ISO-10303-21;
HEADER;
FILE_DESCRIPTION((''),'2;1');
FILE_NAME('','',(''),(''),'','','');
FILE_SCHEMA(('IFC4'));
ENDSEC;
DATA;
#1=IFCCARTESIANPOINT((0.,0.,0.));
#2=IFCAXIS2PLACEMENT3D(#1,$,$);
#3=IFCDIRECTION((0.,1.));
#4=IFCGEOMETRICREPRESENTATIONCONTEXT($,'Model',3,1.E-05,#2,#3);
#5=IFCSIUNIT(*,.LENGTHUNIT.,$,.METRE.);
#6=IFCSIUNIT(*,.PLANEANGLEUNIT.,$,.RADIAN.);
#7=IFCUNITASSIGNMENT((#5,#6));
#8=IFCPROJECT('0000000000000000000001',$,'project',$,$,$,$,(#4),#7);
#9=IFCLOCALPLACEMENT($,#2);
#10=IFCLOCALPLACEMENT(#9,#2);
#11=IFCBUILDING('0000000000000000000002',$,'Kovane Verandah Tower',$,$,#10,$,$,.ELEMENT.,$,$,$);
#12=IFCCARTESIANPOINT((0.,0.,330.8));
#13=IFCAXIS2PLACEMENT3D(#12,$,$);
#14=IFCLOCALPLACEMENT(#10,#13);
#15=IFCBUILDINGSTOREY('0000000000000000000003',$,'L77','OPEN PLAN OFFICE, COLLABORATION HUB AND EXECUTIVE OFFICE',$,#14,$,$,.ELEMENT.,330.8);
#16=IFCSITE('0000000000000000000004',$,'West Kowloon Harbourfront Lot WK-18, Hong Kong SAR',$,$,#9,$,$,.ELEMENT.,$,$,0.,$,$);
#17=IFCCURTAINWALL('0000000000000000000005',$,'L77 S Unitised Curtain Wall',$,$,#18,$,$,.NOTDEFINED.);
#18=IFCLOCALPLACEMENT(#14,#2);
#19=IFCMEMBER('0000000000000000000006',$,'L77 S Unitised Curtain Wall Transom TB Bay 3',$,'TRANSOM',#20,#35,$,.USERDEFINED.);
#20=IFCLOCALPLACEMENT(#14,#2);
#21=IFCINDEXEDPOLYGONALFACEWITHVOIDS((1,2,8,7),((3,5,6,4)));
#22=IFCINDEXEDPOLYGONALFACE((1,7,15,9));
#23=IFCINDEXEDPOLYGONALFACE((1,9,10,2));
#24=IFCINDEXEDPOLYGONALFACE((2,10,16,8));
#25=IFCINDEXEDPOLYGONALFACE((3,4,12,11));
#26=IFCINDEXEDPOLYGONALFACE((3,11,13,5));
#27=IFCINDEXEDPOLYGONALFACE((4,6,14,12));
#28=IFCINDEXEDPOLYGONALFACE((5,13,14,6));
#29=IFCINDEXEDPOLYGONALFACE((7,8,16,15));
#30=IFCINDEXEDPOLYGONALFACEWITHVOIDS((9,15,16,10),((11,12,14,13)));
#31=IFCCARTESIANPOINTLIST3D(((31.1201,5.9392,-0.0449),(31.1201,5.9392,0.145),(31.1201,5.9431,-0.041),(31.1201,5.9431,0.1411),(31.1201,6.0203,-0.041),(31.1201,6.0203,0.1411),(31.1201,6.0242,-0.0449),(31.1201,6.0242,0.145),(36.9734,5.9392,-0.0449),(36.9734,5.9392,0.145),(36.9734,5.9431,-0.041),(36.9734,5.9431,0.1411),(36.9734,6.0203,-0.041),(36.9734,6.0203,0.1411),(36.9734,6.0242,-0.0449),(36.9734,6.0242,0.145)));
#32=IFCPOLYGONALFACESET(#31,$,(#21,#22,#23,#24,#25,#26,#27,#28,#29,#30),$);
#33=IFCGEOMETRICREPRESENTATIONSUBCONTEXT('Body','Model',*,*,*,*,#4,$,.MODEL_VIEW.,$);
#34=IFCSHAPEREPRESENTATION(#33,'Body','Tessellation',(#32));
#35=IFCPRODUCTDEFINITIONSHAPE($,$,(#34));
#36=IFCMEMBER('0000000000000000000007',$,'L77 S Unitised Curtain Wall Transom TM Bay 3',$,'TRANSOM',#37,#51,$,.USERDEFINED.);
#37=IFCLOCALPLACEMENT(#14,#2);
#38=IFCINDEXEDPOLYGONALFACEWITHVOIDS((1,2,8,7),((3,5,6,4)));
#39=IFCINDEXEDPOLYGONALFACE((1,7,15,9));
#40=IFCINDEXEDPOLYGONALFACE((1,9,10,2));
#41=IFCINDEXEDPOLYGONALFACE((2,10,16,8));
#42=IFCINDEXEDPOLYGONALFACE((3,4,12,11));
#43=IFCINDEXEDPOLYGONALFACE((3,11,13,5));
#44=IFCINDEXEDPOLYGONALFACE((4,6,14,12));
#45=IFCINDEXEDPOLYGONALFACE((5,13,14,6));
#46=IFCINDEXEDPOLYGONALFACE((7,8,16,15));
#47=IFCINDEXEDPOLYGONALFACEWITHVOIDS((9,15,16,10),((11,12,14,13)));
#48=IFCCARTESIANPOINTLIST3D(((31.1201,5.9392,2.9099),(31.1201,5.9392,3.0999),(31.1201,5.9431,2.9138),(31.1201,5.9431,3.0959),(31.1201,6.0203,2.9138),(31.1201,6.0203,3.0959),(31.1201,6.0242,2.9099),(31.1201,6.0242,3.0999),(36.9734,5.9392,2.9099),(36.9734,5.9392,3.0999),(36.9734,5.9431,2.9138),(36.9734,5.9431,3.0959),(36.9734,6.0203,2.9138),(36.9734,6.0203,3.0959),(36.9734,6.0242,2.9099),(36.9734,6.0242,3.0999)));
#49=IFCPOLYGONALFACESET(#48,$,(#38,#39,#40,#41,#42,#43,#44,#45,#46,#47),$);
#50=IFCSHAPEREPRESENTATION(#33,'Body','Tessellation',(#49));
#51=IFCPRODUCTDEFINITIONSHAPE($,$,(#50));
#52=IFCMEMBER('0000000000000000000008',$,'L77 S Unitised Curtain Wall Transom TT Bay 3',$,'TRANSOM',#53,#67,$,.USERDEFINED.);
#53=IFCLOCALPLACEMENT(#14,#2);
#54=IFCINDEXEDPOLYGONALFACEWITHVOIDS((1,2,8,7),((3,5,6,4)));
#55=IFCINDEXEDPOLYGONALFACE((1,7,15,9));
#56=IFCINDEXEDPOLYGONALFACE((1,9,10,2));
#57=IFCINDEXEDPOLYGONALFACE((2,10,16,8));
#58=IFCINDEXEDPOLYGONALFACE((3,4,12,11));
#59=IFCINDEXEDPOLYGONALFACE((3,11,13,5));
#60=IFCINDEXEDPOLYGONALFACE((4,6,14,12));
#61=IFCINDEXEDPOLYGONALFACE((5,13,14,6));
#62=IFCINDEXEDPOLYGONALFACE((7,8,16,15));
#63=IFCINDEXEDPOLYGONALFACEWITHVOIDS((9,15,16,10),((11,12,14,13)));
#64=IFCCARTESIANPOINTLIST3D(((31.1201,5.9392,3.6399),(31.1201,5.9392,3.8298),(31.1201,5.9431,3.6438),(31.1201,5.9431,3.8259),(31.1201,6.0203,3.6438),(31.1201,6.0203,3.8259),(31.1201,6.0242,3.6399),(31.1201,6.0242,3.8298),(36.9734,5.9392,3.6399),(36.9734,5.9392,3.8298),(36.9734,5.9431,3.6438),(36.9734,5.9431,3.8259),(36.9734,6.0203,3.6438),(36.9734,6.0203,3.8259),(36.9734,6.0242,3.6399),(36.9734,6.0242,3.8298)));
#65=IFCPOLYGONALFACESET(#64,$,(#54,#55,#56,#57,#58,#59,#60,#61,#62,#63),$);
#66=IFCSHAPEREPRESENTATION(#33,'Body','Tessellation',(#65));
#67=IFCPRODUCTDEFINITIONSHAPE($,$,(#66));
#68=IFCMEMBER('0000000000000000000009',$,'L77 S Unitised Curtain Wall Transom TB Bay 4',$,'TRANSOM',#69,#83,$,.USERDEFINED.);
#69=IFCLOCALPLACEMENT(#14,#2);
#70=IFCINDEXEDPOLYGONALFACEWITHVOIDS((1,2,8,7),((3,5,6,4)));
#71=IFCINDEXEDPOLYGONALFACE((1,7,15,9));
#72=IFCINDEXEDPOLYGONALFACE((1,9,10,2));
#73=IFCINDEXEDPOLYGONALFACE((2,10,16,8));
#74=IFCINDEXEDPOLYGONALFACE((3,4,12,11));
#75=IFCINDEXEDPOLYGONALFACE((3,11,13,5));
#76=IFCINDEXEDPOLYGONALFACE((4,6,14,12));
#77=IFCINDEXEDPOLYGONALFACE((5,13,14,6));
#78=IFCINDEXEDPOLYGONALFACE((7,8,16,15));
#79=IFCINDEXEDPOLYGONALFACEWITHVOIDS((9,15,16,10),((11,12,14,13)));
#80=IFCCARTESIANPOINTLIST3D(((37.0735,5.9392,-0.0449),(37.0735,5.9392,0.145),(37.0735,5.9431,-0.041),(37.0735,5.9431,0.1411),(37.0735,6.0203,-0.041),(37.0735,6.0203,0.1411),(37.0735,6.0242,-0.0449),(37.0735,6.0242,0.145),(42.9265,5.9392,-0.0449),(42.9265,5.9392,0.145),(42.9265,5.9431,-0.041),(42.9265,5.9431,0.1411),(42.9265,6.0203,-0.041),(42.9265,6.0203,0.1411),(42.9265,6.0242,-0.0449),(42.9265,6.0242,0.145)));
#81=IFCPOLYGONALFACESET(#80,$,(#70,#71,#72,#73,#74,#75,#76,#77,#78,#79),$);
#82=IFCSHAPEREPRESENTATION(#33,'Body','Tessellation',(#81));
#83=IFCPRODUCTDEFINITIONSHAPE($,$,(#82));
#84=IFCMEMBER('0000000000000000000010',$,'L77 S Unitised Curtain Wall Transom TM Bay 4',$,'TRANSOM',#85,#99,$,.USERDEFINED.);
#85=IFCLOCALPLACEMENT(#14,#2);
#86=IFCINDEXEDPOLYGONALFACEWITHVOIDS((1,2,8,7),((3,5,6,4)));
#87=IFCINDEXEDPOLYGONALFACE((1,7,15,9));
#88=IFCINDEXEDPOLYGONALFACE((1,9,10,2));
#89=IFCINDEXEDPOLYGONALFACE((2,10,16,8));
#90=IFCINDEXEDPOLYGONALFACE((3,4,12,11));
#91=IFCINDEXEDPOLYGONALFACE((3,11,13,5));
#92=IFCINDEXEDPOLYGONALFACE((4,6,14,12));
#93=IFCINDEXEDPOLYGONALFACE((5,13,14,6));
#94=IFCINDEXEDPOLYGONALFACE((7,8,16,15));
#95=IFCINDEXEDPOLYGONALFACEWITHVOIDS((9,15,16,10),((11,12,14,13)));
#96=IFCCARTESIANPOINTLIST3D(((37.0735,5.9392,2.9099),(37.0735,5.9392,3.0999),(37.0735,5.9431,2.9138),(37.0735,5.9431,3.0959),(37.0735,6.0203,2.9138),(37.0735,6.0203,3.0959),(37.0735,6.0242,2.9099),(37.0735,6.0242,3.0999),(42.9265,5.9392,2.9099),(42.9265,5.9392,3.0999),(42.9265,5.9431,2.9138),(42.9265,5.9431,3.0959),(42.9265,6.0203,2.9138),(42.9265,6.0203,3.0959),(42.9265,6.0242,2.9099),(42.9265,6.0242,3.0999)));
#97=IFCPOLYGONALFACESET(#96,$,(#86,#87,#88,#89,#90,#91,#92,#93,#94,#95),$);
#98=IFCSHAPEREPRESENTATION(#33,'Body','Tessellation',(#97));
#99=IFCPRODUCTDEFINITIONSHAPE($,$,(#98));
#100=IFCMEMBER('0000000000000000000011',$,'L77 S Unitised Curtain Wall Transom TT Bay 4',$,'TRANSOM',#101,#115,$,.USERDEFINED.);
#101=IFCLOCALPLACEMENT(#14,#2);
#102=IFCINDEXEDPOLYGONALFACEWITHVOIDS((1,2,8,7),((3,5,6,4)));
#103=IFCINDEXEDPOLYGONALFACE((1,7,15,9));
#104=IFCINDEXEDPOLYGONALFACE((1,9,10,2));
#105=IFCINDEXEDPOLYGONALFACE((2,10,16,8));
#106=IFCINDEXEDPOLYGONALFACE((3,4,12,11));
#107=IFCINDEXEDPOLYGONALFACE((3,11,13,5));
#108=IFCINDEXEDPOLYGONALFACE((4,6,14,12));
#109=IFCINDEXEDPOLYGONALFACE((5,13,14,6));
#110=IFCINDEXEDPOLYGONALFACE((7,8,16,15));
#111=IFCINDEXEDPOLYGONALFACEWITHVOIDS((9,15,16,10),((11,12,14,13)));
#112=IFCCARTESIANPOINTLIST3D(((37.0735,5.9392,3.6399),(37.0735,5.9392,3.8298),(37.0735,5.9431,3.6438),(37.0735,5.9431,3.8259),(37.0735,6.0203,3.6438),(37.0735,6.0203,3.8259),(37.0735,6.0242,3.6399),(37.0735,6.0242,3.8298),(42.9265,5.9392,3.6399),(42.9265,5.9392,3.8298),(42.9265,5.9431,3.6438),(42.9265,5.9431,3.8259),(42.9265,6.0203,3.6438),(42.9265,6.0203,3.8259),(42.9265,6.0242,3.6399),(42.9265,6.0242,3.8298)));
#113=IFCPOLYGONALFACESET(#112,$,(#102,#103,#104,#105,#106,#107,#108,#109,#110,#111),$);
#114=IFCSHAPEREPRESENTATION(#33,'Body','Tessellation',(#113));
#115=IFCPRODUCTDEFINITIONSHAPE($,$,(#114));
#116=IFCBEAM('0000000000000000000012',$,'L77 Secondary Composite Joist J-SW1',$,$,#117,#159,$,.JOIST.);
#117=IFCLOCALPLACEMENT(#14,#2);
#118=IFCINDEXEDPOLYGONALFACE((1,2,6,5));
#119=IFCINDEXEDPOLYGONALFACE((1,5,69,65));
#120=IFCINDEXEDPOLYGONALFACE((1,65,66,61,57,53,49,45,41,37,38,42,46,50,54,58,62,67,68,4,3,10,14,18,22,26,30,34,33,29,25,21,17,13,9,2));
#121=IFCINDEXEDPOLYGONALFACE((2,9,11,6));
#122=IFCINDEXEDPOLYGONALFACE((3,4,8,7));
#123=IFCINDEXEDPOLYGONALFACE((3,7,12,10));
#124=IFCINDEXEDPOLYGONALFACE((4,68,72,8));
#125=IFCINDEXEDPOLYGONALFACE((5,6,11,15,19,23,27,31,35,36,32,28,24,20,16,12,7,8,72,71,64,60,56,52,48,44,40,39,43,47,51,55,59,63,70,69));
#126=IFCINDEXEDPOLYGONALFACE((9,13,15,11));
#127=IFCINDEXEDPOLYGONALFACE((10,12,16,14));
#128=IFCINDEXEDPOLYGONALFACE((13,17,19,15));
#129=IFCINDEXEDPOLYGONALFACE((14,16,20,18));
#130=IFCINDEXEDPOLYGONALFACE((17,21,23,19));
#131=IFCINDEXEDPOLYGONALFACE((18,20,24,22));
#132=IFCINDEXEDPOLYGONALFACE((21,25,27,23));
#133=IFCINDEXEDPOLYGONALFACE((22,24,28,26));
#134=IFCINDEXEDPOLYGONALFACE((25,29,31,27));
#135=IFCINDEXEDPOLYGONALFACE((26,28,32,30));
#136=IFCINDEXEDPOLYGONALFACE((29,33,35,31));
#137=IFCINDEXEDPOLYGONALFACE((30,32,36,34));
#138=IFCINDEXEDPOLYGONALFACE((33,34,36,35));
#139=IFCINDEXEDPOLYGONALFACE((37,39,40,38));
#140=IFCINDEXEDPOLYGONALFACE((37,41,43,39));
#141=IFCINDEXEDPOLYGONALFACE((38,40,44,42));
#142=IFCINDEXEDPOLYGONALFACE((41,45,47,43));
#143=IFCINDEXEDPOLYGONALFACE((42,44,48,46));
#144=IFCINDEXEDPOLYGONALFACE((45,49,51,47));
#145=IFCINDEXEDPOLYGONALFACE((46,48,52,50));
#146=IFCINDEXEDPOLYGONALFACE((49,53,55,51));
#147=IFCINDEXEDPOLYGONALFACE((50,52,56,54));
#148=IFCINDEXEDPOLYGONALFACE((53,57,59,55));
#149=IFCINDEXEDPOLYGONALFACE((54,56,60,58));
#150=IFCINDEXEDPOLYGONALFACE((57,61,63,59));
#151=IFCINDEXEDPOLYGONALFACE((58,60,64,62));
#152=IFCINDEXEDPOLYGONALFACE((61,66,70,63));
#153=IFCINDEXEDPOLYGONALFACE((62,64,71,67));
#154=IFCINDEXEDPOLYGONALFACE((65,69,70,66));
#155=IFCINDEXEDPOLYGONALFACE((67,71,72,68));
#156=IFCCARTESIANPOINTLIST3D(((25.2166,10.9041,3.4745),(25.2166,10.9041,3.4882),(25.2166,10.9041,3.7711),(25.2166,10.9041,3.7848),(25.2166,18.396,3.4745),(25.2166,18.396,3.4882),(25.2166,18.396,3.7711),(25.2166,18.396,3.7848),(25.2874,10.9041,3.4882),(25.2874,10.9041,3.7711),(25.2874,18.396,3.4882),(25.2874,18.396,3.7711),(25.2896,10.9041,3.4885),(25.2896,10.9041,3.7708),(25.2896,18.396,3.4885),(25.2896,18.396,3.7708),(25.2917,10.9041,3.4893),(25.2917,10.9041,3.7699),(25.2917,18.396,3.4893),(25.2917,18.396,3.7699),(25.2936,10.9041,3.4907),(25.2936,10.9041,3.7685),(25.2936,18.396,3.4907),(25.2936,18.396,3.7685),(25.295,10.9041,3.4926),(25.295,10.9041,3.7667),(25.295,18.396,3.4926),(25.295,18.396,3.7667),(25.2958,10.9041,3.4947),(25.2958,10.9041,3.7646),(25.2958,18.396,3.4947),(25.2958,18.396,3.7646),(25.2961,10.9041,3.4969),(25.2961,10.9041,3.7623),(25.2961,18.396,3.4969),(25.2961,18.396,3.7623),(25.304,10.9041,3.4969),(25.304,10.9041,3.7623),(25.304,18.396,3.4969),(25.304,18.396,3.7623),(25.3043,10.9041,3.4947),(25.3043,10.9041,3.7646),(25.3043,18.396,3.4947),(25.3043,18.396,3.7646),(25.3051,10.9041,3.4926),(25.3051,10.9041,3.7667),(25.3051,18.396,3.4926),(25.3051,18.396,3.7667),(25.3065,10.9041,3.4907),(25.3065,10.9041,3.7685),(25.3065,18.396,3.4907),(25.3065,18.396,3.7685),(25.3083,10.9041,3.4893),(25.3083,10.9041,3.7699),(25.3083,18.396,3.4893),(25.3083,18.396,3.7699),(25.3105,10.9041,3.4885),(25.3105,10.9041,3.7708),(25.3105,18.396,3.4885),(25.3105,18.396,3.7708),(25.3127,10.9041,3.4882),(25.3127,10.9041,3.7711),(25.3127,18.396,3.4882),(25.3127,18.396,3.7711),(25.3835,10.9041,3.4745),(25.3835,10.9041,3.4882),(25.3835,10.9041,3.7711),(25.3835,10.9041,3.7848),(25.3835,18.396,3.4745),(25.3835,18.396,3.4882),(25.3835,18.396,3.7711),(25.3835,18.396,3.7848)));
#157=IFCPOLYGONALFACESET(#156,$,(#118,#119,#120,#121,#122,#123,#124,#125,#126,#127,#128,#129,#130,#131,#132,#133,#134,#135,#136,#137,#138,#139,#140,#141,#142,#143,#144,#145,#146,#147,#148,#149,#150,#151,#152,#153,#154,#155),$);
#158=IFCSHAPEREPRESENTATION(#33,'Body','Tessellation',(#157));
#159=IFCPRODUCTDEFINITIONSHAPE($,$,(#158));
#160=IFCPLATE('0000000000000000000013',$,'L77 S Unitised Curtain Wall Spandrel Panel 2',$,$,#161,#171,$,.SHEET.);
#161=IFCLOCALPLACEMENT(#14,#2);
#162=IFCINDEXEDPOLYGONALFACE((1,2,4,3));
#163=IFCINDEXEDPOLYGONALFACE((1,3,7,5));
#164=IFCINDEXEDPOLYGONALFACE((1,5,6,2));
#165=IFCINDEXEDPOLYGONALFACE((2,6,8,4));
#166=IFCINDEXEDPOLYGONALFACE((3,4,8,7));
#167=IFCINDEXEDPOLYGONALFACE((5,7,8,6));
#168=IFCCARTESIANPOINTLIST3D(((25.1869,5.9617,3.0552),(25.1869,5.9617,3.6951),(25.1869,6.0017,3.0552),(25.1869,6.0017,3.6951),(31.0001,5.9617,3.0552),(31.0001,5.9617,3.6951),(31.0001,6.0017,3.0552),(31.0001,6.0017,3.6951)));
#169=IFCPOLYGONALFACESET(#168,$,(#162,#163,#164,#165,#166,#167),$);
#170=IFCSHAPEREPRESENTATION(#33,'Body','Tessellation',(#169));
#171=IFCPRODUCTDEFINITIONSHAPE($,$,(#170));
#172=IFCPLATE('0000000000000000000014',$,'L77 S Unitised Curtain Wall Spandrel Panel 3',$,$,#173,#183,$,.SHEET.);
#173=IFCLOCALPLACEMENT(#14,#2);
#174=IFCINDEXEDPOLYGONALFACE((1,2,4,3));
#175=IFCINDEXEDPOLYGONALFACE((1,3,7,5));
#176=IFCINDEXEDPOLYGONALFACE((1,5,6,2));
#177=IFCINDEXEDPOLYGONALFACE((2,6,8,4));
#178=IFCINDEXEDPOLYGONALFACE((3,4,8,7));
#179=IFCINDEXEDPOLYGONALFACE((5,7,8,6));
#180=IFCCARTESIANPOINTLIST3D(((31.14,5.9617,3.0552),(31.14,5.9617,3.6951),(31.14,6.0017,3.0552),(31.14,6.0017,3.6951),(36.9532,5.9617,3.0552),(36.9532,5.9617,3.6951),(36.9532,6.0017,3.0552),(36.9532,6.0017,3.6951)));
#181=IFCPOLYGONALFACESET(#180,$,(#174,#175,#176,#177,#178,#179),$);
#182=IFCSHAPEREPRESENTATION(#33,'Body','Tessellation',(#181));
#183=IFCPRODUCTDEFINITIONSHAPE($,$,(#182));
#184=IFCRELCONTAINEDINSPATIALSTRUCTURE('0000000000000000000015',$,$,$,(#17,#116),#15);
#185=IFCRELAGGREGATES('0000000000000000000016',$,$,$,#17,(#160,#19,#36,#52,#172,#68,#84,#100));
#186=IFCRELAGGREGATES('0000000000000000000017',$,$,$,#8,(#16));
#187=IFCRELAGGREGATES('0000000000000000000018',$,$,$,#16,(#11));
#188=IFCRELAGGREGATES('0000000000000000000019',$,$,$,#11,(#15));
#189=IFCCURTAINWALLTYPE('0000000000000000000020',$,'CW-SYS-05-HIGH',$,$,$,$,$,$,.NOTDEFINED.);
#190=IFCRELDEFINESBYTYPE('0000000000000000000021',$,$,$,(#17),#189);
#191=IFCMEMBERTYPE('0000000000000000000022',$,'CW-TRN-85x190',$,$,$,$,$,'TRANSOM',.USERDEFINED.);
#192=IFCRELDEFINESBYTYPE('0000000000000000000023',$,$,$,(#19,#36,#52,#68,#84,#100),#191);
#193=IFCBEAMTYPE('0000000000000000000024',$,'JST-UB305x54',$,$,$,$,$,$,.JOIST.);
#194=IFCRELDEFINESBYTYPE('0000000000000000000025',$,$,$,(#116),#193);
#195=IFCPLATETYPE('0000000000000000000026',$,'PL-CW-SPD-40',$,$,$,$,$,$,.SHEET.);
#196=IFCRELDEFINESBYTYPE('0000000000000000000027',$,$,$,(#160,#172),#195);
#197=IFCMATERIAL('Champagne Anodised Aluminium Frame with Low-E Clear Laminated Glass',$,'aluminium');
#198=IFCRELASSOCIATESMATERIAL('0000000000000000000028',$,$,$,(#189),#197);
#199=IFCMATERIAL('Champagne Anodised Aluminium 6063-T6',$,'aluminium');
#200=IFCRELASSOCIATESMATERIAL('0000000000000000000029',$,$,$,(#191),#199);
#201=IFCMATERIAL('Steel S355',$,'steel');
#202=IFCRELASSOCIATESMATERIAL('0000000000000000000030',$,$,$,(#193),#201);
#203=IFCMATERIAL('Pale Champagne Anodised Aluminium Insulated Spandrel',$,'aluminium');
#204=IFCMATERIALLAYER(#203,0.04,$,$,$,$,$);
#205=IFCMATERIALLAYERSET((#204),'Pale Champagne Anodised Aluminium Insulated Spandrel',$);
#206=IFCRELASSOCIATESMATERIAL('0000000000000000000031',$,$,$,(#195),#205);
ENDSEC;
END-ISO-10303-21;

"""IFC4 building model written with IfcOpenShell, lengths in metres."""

from ifc_helpers import new_model, si_unit, direction, frame, origin, origin_2d, place, context, subcontext, project, spatial, rectangle, hollow_rectangle, i_section, extrude, material, layer, layer_set, material_profile, profile_set, type_object, element, aggregate, save


model = new_model("IFC4")

# Units and contexts
model_context = context("Model", 3, precision=1e-05, world=origin(), true_north=direction((0.0, 1.0)))
body_context = subcontext(model_context, "Body", "Model", "MODEL_VIEW")
ifc_project = project(units=[si_unit("LENGTHUNIT", "METRE"), si_unit("PLANEANGLEUNIT", "RADIAN")], contexts=[model_context])

# Site, building, storey
site_placement = place(None, origin())
site = spatial("IfcSite", under=ifc_project, at=site_placement, Name="West Kowloon Harbourfront Lot WK-18, Hong Kong SAR", CompositionType="ELEMENT", RefElevation=0.0)
building_placement = place(site_placement, origin())
building = spatial("IfcBuilding", under=site, at=building_placement, Name="Kovane Verandah Tower", CompositionType="ELEMENT")
storey_placement = place(building_placement, frame((0.0, 0.0, 330.8)))
storey = spatial("IfcBuildingStorey", under=building, at=storey_placement, Name="L77", Description="OPEN PLAN OFFICE, COLLABORATION HUB AND EXECUTIVE OFFICE", CompositionType="ELEMENT", Elevation=330.8)

# Shared definitions
ifc_material_1 = material(Name="Steel S355", Category="steel")

# Curtain wall, members
ifc_material_2 = material(Name="Champagne Anodised Aluminium Frame with Low-E Clear Laminated Glass", Category="aluminium")
curtain_wall_type = type_object("IfcCurtainWallType", Name="CW-SYS-05-HIGH", PredefinedType="NOTDEFINED", material=ifc_material_2)
curtain_wall_placement = place(storey_placement, origin())
curtain_wall = element("IfcCurtainWall", 1, at=curtain_wall_placement, inside=storey, type_object=curtain_wall_type, Name="L77 S Unitised Curtain Wall", PredefinedType="NOTDEFINED")
ifc_material_3 = material(Name="Champagne Anodised Aluminium 6063-T6", Category="aluminium")
ifc_material_profile_1 = material_profile(ifc_material_3, hollow_rectangle(XDim=0.085, YDim=0.1899, WallThickness=0.0039, at=origin_2d()), Name="AL85x190x4")
ifc_profile_set_1 = profile_set([ifc_material_profile_1], Name="Champagne Anodised Aluminium 6063-T6")
member_type_1 = type_object("IfcMemberType", Name="CW-TRN-85x190", ElementType="TRANSOM", PredefinedType="USERDEFINED", material=ifc_profile_set_1)
member_1_placement = place(storey_placement, frame((31.1201, 5.9817, 0.05), z_axis=(1.0, 0.0, 0.0), x_axis=(0.0, 1.0, 0.0)))
member_1 = element("IfcMember", 2, at=member_1_placement, type_object=member_type_1, Name="L77 S Unitised Curtain Wall Transom TB Bay 3", ObjectType="TRANSOM", PredefinedType="USERDEFINED", context=body_context, shape_type="SweptSolid", body=[
    extrude(hollow_rectangle(XDim=0.085, YDim=0.1899, WallThickness=0.0039, at=origin_2d()), origin(), (0.0, 0.0, 1.0), 5.8533),
])
member_2_placement = place(storey_placement, frame((31.1201, 5.9817, 3.0049), z_axis=(1.0, 0.0, 0.0), x_axis=(0.0, 1.0, 0.0)))
member_2 = element("IfcMember", 3, at=member_2_placement, type_object=member_type_1, Name="L77 S Unitised Curtain Wall Transom TM Bay 3", ObjectType="TRANSOM", PredefinedType="USERDEFINED", context=body_context, shape_type="SweptSolid", body=[
    extrude(hollow_rectangle(XDim=0.085, YDim=0.1899, WallThickness=0.0039, at=origin_2d()), origin(), (0.0, 0.0, 1.0), 5.8533),
])
member_3_placement = place(storey_placement, frame((31.1201, 5.9817, 3.7349), z_axis=(1.0, 0.0, 0.0), x_axis=(0.0, 1.0, 0.0)))
member_3 = element("IfcMember", 4, at=member_3_placement, type_object=member_type_1, Name="L77 S Unitised Curtain Wall Transom TT Bay 3", ObjectType="TRANSOM", PredefinedType="USERDEFINED", context=body_context, shape_type="SweptSolid", body=[
    extrude(hollow_rectangle(XDim=0.085, YDim=0.1899, WallThickness=0.0039, at=origin_2d()), origin(), (0.0, 0.0, 1.0), 5.8533),
])
member_4_placement = place(storey_placement, frame((37.0735, 5.9817, 0.05), z_axis=(1.0, 0.0, 0.0), x_axis=(0.0, 1.0, 0.0)))
member_4 = element("IfcMember", 5, at=member_4_placement, type_object=member_type_1, Name="L77 S Unitised Curtain Wall Transom TB Bay 4", ObjectType="TRANSOM", PredefinedType="USERDEFINED", context=body_context, shape_type="SweptSolid", body=[
    extrude(hollow_rectangle(XDim=0.085, YDim=0.1899, WallThickness=0.0039, at=origin_2d()), origin(), (0.0, 0.0, 1.0), 5.853),
])
member_5_placement = place(storey_placement, frame((37.0735, 5.9817, 3.0049), z_axis=(1.0, 0.0, 0.0), x_axis=(0.0, 1.0, 0.0)))
member_5 = element("IfcMember", 6, at=member_5_placement, type_object=member_type_1, Name="L77 S Unitised Curtain Wall Transom TM Bay 4", ObjectType="TRANSOM", PredefinedType="USERDEFINED", context=body_context, shape_type="SweptSolid", body=[
    extrude(hollow_rectangle(XDim=0.085, YDim=0.1899, WallThickness=0.0039, at=origin_2d()), origin(), (0.0, 0.0, 1.0), 5.853),
])
member_6_placement = place(storey_placement, frame((37.0735, 5.9817, 3.7349), z_axis=(1.0, 0.0, 0.0), x_axis=(0.0, 1.0, 0.0)))
member_6 = element("IfcMember", 7, at=member_6_placement, type_object=member_type_1, Name="L77 S Unitised Curtain Wall Transom TT Bay 4", ObjectType="TRANSOM", PredefinedType="USERDEFINED", context=body_context, shape_type="SweptSolid", body=[
    extrude(hollow_rectangle(XDim=0.085, YDim=0.1899, WallThickness=0.0039, at=origin_2d()), origin(), (0.0, 0.0, 1.0), 5.853),
])

# Beam
ifc_material_profile_2 = material_profile(ifc_material_1, i_section(OverallWidth=0.167, OverallDepth=0.3103, WebThickness=0.0078, FlangeThickness=0.0137, FilletRadius=0.0088, at=origin_2d()), Name="UB305x165x54")
ifc_profile_set_2 = profile_set([ifc_material_profile_2], Name="Steel S355")
beam_type_1 = type_object("IfcBeamType", Name="JST-UB305x54", PredefinedType="JOIST", material=ifc_profile_set_2)
beam_1_placement = place(storey_placement, frame((25.3, 10.9041, 3.6296), z_axis=(0.0, 1.0, 0.0), x_axis=(-1.0, 0.0, 0.0)))
element("IfcBeam", 8, at=beam_1_placement, inside=storey, type_object=beam_type_1, Name="L77 Secondary Composite Joist J-SW1", PredefinedType="JOIST", context=body_context, shape_type="SweptSolid", body=[
    extrude(i_section(OverallWidth=0.167, OverallDepth=0.3103, WebThickness=0.0078, FlangeThickness=0.0137, FilletRadius=0.0088, at=origin_2d()), origin(), (0.0, 0.0, 1.0), 7.4919),
])

# Plates
ifc_material_4 = material(Name="Pale Champagne Anodised Aluminium Insulated Spandrel", Category="aluminium")
ifc_layer_1 = layer(ifc_material_4, 0.04)
ifc_layer_set_1 = layer_set([ifc_layer_1], Name="Pale Champagne Anodised Aluminium Insulated Spandrel")
plate_type_1 = type_object("IfcPlateType", Name="PL-CW-SPD-40", PredefinedType="SHEET", material=ifc_layer_set_1)
plate_1_placement = place(storey_placement, frame((28.0935, 5.9817, 3.0552), z_axis=(0.0, 0.0, 1.0), x_axis=(1.0, 0.0, 0.0)))
plate_1 = element("IfcPlate", 9, at=plate_1_placement, type_object=plate_type_1, Name="L77 S Unitised Curtain Wall Spandrel Panel 2", PredefinedType="SHEET", context=body_context, shape_type="SweptSolid", body=[
    extrude(rectangle(XDim=5.8132, YDim=0.04, at=origin_2d()), origin(), (0.0, 0.0, 1.0), 0.6399),
])
plate_2_placement = place(storey_placement, frame((34.0466, 5.9817, 3.0552), z_axis=(0.0, 0.0, 1.0), x_axis=(1.0, 0.0, 0.0)))
plate_2 = element("IfcPlate", 10, at=plate_2_placement, type_object=plate_type_1, Name="L77 S Unitised Curtain Wall Spandrel Panel 3", PredefinedType="SHEET", context=body_context, shape_type="SweptSolid", body=[
    extrude(rectangle(XDim=5.8132, YDim=0.04, at=origin_2d()), origin(), (0.0, 0.0, 1.0), 0.6399),
])
aggregate(curtain_wall, [plate_1, member_1, member_2, member_3, plate_2, member_4, member_5, member_6])

save(model, "model.ifc")
